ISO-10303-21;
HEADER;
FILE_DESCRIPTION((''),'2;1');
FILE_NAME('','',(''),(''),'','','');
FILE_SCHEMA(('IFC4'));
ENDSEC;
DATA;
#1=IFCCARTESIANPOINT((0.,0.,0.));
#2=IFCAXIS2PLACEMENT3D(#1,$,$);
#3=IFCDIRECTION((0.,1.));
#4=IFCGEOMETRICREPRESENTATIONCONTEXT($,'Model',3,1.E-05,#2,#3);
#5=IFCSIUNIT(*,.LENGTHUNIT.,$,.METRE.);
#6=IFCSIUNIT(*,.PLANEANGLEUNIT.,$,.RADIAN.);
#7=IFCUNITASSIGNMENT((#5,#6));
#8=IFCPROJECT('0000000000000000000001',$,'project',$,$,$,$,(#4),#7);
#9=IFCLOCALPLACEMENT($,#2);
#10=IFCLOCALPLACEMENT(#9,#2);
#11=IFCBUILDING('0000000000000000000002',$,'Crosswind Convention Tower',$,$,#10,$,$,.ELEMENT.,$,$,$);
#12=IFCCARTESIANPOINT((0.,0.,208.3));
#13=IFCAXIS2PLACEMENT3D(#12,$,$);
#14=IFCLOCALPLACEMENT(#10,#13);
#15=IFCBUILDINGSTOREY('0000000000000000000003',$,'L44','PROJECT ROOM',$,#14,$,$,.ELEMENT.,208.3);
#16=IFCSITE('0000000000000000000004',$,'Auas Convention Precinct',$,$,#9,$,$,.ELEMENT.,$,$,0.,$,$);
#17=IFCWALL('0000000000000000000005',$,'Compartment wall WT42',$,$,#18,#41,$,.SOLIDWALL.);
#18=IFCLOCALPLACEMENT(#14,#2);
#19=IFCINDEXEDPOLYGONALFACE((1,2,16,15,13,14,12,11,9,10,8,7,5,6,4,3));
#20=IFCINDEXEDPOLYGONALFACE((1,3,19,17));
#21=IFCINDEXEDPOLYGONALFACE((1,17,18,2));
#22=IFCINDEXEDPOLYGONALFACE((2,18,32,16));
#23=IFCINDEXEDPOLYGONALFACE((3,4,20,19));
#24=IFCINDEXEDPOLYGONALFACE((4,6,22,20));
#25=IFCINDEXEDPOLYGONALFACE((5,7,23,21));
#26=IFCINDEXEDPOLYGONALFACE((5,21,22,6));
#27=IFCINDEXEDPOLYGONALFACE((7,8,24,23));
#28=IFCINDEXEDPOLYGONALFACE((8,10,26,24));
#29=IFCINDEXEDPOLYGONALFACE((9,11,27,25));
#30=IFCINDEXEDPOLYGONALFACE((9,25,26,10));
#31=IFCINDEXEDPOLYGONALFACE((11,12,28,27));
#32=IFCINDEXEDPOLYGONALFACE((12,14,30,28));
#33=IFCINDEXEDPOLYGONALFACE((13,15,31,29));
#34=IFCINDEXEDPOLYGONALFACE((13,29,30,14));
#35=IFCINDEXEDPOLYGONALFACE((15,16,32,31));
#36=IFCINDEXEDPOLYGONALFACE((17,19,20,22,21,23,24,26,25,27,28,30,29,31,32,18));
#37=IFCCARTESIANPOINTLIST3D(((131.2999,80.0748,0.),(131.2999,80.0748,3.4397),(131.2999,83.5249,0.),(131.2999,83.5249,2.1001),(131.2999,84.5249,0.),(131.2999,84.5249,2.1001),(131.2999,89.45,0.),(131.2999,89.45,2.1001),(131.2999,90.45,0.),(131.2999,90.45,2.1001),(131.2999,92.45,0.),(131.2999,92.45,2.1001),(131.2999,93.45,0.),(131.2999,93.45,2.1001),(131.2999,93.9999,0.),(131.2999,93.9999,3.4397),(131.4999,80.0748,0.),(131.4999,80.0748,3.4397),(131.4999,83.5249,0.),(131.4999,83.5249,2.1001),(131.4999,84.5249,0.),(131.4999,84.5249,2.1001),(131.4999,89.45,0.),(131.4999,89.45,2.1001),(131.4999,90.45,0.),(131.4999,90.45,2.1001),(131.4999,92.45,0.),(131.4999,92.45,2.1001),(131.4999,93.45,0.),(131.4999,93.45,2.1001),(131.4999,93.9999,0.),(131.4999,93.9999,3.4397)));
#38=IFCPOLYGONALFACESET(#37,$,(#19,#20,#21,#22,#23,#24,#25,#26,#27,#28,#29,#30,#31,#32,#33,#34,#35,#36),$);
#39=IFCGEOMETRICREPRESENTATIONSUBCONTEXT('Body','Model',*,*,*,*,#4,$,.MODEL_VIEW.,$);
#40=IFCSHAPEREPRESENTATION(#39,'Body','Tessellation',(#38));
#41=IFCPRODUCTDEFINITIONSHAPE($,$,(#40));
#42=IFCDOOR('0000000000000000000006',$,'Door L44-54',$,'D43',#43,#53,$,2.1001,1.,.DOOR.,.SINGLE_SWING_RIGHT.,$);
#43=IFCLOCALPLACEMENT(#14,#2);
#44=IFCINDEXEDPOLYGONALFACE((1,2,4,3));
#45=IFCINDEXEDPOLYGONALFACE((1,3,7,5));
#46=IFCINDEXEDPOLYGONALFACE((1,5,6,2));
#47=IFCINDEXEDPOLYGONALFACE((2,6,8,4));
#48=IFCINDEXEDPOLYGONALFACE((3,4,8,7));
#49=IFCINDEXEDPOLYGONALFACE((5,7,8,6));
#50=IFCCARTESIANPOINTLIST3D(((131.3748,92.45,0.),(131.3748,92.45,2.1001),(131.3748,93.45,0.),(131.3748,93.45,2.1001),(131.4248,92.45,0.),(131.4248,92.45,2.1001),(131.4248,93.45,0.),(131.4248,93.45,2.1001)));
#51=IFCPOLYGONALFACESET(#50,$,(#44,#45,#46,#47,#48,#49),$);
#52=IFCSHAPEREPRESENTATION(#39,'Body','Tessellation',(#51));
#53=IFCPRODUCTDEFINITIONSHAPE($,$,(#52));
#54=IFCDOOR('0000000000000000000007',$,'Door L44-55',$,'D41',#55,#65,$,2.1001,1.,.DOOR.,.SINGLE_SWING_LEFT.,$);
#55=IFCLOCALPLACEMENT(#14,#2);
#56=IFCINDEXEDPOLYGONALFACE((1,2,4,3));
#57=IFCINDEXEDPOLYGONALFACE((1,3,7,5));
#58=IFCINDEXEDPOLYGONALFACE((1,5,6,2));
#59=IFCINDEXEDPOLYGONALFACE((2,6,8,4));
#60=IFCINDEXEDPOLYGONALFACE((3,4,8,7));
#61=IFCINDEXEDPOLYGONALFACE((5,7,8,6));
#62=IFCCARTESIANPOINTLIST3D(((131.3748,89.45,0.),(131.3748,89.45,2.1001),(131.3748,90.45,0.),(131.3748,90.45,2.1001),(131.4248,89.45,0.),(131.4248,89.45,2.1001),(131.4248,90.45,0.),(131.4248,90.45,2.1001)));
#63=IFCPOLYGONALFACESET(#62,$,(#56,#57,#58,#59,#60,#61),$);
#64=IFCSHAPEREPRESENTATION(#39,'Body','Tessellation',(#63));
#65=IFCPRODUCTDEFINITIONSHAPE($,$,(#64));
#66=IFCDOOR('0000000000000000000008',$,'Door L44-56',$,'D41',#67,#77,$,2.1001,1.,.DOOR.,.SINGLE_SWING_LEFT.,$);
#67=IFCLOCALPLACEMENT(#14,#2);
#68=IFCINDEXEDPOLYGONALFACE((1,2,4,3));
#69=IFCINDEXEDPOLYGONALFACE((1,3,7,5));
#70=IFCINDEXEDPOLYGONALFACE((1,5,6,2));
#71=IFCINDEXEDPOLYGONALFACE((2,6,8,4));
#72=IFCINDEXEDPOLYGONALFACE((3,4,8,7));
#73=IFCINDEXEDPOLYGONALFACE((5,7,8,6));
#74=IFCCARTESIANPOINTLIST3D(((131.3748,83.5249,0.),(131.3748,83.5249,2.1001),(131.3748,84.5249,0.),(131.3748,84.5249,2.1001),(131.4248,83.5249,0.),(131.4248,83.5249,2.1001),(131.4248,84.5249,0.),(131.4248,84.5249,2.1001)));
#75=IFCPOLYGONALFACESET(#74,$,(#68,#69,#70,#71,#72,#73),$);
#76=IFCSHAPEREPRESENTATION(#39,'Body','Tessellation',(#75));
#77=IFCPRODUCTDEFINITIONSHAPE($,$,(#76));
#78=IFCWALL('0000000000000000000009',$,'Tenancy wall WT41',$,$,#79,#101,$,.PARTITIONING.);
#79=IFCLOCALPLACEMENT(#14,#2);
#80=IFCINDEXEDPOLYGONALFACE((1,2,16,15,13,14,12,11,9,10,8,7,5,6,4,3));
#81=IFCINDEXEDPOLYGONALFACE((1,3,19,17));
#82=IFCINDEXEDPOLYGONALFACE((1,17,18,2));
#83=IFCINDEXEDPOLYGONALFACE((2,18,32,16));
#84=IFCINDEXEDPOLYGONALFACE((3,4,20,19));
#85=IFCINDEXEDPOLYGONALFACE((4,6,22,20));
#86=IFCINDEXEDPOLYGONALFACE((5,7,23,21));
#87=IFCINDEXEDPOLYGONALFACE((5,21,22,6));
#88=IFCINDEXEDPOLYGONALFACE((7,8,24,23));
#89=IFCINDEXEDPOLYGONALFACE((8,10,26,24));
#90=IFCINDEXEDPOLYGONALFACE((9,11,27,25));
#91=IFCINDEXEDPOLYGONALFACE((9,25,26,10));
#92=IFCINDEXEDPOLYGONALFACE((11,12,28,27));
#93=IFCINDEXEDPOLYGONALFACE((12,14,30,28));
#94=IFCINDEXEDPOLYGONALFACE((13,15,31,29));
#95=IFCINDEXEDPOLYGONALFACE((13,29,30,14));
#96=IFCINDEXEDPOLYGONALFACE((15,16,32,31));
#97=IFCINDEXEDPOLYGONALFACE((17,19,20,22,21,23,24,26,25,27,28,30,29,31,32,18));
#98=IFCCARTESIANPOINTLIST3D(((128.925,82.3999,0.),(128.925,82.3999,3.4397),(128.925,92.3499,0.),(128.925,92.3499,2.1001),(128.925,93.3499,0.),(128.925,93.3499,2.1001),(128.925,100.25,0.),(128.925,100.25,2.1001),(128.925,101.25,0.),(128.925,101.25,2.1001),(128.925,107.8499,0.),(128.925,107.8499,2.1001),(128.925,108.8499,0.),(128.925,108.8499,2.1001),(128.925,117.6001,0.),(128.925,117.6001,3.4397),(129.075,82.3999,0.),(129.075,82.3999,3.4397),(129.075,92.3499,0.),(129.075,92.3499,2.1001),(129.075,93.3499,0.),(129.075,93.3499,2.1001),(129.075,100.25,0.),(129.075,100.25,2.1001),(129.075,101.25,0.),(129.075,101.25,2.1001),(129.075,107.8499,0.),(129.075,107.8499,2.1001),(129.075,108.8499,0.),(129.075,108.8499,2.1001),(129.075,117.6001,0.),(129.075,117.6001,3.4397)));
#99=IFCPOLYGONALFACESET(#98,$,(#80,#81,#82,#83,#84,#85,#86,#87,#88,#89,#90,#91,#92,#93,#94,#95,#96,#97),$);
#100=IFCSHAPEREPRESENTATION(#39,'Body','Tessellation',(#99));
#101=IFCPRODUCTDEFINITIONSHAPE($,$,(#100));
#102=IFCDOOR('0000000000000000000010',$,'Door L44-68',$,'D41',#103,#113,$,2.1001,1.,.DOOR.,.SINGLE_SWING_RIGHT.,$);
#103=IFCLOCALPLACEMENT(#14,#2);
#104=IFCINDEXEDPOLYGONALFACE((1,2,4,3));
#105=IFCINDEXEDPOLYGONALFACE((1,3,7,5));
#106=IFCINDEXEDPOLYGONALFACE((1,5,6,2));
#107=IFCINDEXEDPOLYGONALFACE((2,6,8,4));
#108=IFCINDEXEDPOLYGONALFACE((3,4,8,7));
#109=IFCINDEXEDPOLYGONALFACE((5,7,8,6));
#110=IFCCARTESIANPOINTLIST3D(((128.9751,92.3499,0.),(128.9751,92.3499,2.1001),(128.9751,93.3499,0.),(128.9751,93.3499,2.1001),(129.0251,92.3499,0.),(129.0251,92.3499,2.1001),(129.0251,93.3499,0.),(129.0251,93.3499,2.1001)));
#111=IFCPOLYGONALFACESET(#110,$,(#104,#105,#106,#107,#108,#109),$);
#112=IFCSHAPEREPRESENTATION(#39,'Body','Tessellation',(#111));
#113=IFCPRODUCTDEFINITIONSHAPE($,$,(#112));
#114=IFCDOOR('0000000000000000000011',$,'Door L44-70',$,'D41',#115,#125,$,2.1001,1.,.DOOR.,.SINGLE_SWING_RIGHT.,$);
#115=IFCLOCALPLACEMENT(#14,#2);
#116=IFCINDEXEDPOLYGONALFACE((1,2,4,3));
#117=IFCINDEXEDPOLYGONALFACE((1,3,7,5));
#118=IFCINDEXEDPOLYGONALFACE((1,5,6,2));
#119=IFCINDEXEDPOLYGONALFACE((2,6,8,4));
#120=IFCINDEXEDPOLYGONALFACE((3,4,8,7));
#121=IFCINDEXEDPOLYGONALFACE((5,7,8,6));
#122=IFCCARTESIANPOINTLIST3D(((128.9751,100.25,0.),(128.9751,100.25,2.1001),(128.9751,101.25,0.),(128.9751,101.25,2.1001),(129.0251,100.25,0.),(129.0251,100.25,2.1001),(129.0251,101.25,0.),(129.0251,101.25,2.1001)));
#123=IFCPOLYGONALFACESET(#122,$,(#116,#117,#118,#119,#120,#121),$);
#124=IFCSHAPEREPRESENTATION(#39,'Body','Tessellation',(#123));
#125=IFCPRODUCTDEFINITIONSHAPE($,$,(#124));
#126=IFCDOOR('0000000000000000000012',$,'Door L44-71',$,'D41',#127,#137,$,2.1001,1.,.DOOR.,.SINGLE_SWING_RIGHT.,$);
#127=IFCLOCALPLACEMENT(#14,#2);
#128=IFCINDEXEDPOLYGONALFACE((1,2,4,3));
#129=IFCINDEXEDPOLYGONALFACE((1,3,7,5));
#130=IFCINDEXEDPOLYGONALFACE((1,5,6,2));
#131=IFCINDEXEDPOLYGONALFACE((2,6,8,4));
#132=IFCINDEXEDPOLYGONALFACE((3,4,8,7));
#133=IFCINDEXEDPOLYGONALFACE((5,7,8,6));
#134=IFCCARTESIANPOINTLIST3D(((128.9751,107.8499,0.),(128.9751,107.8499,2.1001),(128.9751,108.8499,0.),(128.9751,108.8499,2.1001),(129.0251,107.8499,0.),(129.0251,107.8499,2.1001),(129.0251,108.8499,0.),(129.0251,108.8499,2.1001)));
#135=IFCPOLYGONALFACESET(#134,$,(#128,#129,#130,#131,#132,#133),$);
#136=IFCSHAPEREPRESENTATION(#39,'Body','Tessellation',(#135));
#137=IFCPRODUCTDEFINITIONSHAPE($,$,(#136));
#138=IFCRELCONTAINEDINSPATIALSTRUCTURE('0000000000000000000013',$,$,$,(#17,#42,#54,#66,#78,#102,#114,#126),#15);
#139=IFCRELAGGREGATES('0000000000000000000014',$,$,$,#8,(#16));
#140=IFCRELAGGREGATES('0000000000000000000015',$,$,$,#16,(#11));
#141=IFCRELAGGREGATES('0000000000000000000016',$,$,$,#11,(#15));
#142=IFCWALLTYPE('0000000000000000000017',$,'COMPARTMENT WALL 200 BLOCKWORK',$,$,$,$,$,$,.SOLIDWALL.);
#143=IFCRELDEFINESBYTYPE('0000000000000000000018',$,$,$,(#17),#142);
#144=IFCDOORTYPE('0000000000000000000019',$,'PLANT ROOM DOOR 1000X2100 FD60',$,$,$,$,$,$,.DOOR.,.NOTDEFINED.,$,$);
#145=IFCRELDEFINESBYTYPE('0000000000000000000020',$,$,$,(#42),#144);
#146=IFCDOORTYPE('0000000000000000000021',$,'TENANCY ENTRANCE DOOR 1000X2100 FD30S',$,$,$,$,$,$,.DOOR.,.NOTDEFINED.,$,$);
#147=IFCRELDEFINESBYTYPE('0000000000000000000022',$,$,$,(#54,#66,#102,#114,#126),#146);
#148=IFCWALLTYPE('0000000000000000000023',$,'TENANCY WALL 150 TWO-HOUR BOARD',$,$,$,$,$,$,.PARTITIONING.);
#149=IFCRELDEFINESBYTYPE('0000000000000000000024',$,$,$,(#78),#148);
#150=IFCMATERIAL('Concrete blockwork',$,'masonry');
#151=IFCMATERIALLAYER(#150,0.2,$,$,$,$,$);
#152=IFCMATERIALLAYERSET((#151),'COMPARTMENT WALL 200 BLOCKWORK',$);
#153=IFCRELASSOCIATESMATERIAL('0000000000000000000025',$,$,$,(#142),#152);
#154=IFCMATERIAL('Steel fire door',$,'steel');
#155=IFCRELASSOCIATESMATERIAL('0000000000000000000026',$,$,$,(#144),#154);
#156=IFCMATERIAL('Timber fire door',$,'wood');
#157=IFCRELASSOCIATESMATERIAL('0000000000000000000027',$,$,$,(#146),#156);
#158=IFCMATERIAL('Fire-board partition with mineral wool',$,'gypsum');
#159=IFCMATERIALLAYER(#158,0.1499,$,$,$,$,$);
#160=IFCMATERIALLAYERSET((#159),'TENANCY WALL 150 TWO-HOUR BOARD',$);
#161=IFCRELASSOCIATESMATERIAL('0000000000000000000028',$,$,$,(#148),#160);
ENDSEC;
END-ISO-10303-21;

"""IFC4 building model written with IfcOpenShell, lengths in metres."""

from ifc_helpers import new_model, si_unit, direction, frame, frame_2d, origin, place, context, subcontext, project, spatial, rectangle, extrude, material, layer, layer_set, type_object, element, fill, save


model = new_model("IFC4")

# Units and contexts
model_context = context("Model", 3, precision=1e-05, world=origin(), true_north=direction((0.0, 1.0)))
body_context = subcontext(model_context, "Body", "Model", "MODEL_VIEW")
ifc_project = project(units=[si_unit("LENGTHUNIT", "METRE"), si_unit("PLANEANGLEUNIT", "RADIAN")], contexts=[model_context])

# Site, building, storey
site_placement = place(None, origin())
site = spatial("IfcSite", under=ifc_project, at=site_placement, Name="Auas Convention Precinct", CompositionType="ELEMENT", RefElevation=0.0)
building_placement = place(site_placement, origin())
building = spatial("IfcBuilding", under=site, at=building_placement, Name="Crosswind Convention Tower", CompositionType="ELEMENT")
storey_placement = place(building_placement, frame((0.0, 0.0, 208.3)))
storey = spatial("IfcBuildingStorey", under=building, at=storey_placement, Name="L44", Description="PROJECT ROOM", CompositionType="ELEMENT", Elevation=208.3)

# Walls, openings, doors
ifc_material_1 = material(Name="Concrete blockwork", Category="masonry")
ifc_layer_1 = layer(ifc_material_1, 0.2)
ifc_layer_set_1 = layer_set([ifc_layer_1], Name="COMPARTMENT WALL 200 BLOCKWORK")
wall_type_1 = type_object("IfcWallType", Name="COMPARTMENT WALL 200 BLOCKWORK", PredefinedType="SOLIDWALL", material=ifc_layer_set_1)
wall_1_placement = place(storey_placement, frame((131.3999, 80.075, 0.0), z_axis=(0.0, 0.0, 1.0), x_axis=(0.0, 1.0, 0.0)))
wall_1 = element("IfcWall", 1, at=wall_1_placement, inside=storey, type_object=wall_type_1, Name="Compartment wall WT42", PredefinedType="SOLIDWALL", context=body_context, shape_type="SweptSolid", body=[
    extrude(rectangle(XDim=13.925, YDim=0.2, at=frame_2d((6.9624, 0.0))), origin(), (0.0, 0.0, 1.0), 3.4397),
])
opening_1_placement = place(wall_1_placement, frame((12.375, 0.0, 0.0)))
opening_1 = element("IfcOpeningElement", 2, at=opening_1_placement, cuts=wall_1, PredefinedType="OPENING", context=body_context, shape_type="SweptSolid", body=[
    extrude(rectangle(XDim=1.0, YDim=2.1001, at=frame_2d((0.5, 1.05))), frame((0.0, 0.1099, 0.0), z_axis=(0.0, -1.0, 0.0), x_axis=(1.0, 0.0, 0.0)), (0.0, 0.0, 1.0), 0.22),
])
opening_2_placement = place(wall_1_placement, frame((9.375, 0.0, 0.0)))
opening_2 = element("IfcOpeningElement", 3, at=opening_2_placement, cuts=wall_1, PredefinedType="OPENING", context=body_context, shape_type="SweptSolid", body=[
    extrude(rectangle(XDim=1.0, YDim=2.1001, at=frame_2d((0.5, 1.05))), frame((0.0, 0.1099, 0.0), z_axis=(0.0, -1.0, 0.0), x_axis=(1.0, 0.0, 0.0)), (0.0, 0.0, 1.0), 0.22),
])
opening_3_placement = place(wall_1_placement, frame((3.45, 0.0, 0.0)))
opening_3 = element("IfcOpeningElement", 4, at=opening_3_placement, cuts=wall_1, PredefinedType="OPENING", context=body_context, shape_type="SweptSolid", body=[
    extrude(rectangle(XDim=1.0, YDim=2.1001, at=frame_2d((0.5, 1.05))), frame((0.0, 0.1099, 0.0), z_axis=(0.0, -1.0, 0.0), x_axis=(1.0, 0.0, 0.0)), (0.0, 0.0, 1.0), 0.22),
])
ifc_material_2 = material(Name="Steel fire door", Category="steel")
door_type_1 = type_object("IfcDoorType", Name="PLANT ROOM DOOR 1000X2100 FD60", OperationType="NOTDEFINED", PredefinedType="DOOR", material=ifc_material_2)
door_1_placement = place(opening_1_placement, frame((1.0, 0.0, 0.0), z_axis=(0.0, 0.0, 1.0), x_axis=(-1.0, 0.0, 0.0)))
door_1 = element("IfcDoor", 5, at=door_1_placement, inside=storey, type_object=door_type_1, Name="Door L44-54", ObjectType="D43", OperationType="SINGLE_SWING_RIGHT", OverallHeight=2.1001, OverallWidth=1.0, PredefinedType="DOOR", context=body_context, shape_type="SweptSolid", body=[
    extrude(rectangle(XDim=1.0, YDim=2.1001, at=frame_2d((0.5, 1.05))), frame((0.0, 0.0249, 0.0), z_axis=(0.0, -1.0, 0.0), x_axis=(1.0, 0.0, 0.0)), (0.0, 0.0, 1.0), 0.05),
])
fill(opening_1, door_1)
ifc_material_3 = material(Name="Timber fire door", Category="wood")
door_type_2 = type_object("IfcDoorType", Name="TENANCY ENTRANCE DOOR 1000X2100 FD30S", OperationType="NOTDEFINED", PredefinedType="DOOR", material=ifc_material_3)
door_2_placement = place(opening_2_placement, frame((1.0, 0.0, 0.0), z_axis=(0.0, 0.0, 1.0), x_axis=(-1.0, 0.0, 0.0)))
door_2 = element("IfcDoor", 6, at=door_2_placement, inside=storey, type_object=door_type_2, Name="Door L44-55", ObjectType="D41", OperationType="SINGLE_SWING_LEFT", OverallHeight=2.1001, OverallWidth=1.0, PredefinedType="DOOR", context=body_context, shape_type="SweptSolid", body=[
    extrude(rectangle(XDim=1.0, YDim=2.1001, at=frame_2d((0.5, 1.05))), frame((0.0, 0.0249, 0.0), z_axis=(0.0, -1.0, 0.0), x_axis=(1.0, 0.0, 0.0)), (0.0, 0.0, 1.0), 0.05),
])
fill(opening_2, door_2)
door_3_placement = place(opening_3_placement, frame((1.0, 0.0, 0.0), z_axis=(0.0, 0.0, 1.0), x_axis=(-1.0, 0.0, 0.0)))
door_3 = element("IfcDoor", 7, at=door_3_placement, inside=storey, type_object=door_type_2, Name="Door L44-56", ObjectType="D41", OperationType="SINGLE_SWING_LEFT", OverallHeight=2.1001, OverallWidth=1.0, PredefinedType="DOOR", context=body_context, shape_type="SweptSolid", body=[
    extrude(rectangle(XDim=1.0, YDim=2.1001, at=frame_2d((0.5, 1.05))), frame((0.0, 0.0249, 0.0), z_axis=(0.0, -1.0, 0.0), x_axis=(1.0, 0.0, 0.0)), (0.0, 0.0, 1.0), 0.05),
])
fill(opening_3, door_3)
ifc_material_4 = material(Name="Fire-board partition with mineral wool", Category="gypsum")
ifc_layer_2 = layer(ifc_material_4, 0.1499)
ifc_layer_set_2 = layer_set([ifc_layer_2], Name="TENANCY WALL 150 TWO-HOUR BOARD")
wall_type_2 = type_object("IfcWallType", Name="TENANCY WALL 150 TWO-HOUR BOARD", PredefinedType="PARTITIONING", material=ifc_layer_set_2)
wall_2_placement = place(storey_placement, frame((129.0, 82.3999, 0.0), z_axis=(0.0, 0.0, 1.0), x_axis=(0.0, 1.0, 0.0)))
wall_2 = element("IfcWall", 8, at=wall_2_placement, inside=storey, type_object=wall_type_2, Name="Tenancy wall WT41", PredefinedType="PARTITIONING", context=body_context, shape_type="SweptSolid", body=[
    extrude(rectangle(XDim=35.2002, YDim=0.1499, at=frame_2d((17.6001, 0.0))), origin(), (0.0, 0.0, 1.0), 3.4397),
])
opening_4_placement = place(wall_2_placement, frame((9.95, 0.0, 0.0)))
opening_4 = element("IfcOpeningElement", 9, at=opening_4_placement, cuts=wall_2, PredefinedType="OPENING", context=body_context, shape_type="SweptSolid", body=[
    extrude(rectangle(XDim=1.0, YDim=2.1001, at=frame_2d((0.5, 1.05))), frame((0.0, 0.085, 0.0), z_axis=(0.0, -1.0, 0.0), x_axis=(1.0, 0.0, 0.0)), (0.0, 0.0, 1.0), 0.1699),
])
opening_5_placement = place(wall_2_placement, frame((17.8501, 0.0, 0.0)))
opening_5 = element("IfcOpeningElement", 10, at=opening_5_placement, cuts=wall_2, PredefinedType="OPENING", context=body_context, shape_type="SweptSolid", body=[
    extrude(rectangle(XDim=1.0, YDim=2.1001, at=frame_2d((0.5, 1.05))), frame((0.0, 0.085, 0.0), z_axis=(0.0, -1.0, 0.0), x_axis=(1.0, 0.0, 0.0)), (0.0, 0.0, 1.0), 0.1699),
])
opening_6_placement = place(wall_2_placement, frame((25.45, 0.0, 0.0)))
opening_6 = element("IfcOpeningElement", 11, at=opening_6_placement, cuts=wall_2, PredefinedType="OPENING", context=body_context, shape_type="SweptSolid", body=[
    extrude(rectangle(XDim=1.0, YDim=2.1001, at=frame_2d((0.5, 1.05))), frame((0.0, 0.085, 0.0), z_axis=(0.0, -1.0, 0.0), x_axis=(1.0, 0.0, 0.0)), (0.0, 0.0, 1.0), 0.1699),
])
door_4_placement = place(opening_4_placement, origin())
door_4 = element("IfcDoor", 12, at=door_4_placement, inside=storey, type_object=door_type_2, Name="Door L44-68", ObjectType="D41", OperationType="SINGLE_SWING_RIGHT", OverallHeight=2.1001, OverallWidth=1.0, PredefinedType="DOOR", context=body_context, shape_type="SweptSolid", body=[
    extrude(rectangle(XDim=1.0, YDim=2.1001, at=frame_2d((0.5, 1.05))), frame((0.0, 0.0249, 0.0), z_axis=(0.0, -1.0, 0.0), x_axis=(1.0, 0.0, 0.0)), (0.0, 0.0, 1.0), 0.05),
])
fill(opening_4, door_4)
door_5_placement = place(opening_5_placement, origin())
door_5 = element("IfcDoor", 13, at=door_5_placement, inside=storey, type_object=door_type_2, Name="Door L44-70", ObjectType="D41", OperationType="SINGLE_SWING_RIGHT", OverallHeight=2.1001, OverallWidth=1.0, PredefinedType="DOOR", context=body_context, shape_type="SweptSolid", body=[
    extrude(rectangle(XDim=1.0, YDim=2.1001, at=frame_2d((0.5, 1.05))), frame((0.0, 0.0249, 0.0), z_axis=(0.0, -1.0, 0.0), x_axis=(1.0, 0.0, 0.0)), (0.0, 0.0, 1.0), 0.05),
])
fill(opening_5, door_5)
door_6_placement = place(opening_6_placement, origin())
door_6 = element("IfcDoor", 14, at=door_6_placement, inside=storey, type_object=door_type_2, Name="Door L44-71", ObjectType="D41", OperationType="SINGLE_SWING_RIGHT", OverallHeight=2.1001, OverallWidth=1.0, PredefinedType="DOOR", context=body_context, shape_type="SweptSolid", body=[
    extrude(rectangle(XDim=1.0, YDim=2.1001, at=frame_2d((0.5, 1.05))), frame((0.0, 0.0249, 0.0), z_axis=(0.0, -1.0, 0.0), x_axis=(1.0, 0.0, 0.0)), (0.0, 0.0, 1.0), 0.05),
])
fill(opening_6, door_6)

save(model, "model.ifc")
